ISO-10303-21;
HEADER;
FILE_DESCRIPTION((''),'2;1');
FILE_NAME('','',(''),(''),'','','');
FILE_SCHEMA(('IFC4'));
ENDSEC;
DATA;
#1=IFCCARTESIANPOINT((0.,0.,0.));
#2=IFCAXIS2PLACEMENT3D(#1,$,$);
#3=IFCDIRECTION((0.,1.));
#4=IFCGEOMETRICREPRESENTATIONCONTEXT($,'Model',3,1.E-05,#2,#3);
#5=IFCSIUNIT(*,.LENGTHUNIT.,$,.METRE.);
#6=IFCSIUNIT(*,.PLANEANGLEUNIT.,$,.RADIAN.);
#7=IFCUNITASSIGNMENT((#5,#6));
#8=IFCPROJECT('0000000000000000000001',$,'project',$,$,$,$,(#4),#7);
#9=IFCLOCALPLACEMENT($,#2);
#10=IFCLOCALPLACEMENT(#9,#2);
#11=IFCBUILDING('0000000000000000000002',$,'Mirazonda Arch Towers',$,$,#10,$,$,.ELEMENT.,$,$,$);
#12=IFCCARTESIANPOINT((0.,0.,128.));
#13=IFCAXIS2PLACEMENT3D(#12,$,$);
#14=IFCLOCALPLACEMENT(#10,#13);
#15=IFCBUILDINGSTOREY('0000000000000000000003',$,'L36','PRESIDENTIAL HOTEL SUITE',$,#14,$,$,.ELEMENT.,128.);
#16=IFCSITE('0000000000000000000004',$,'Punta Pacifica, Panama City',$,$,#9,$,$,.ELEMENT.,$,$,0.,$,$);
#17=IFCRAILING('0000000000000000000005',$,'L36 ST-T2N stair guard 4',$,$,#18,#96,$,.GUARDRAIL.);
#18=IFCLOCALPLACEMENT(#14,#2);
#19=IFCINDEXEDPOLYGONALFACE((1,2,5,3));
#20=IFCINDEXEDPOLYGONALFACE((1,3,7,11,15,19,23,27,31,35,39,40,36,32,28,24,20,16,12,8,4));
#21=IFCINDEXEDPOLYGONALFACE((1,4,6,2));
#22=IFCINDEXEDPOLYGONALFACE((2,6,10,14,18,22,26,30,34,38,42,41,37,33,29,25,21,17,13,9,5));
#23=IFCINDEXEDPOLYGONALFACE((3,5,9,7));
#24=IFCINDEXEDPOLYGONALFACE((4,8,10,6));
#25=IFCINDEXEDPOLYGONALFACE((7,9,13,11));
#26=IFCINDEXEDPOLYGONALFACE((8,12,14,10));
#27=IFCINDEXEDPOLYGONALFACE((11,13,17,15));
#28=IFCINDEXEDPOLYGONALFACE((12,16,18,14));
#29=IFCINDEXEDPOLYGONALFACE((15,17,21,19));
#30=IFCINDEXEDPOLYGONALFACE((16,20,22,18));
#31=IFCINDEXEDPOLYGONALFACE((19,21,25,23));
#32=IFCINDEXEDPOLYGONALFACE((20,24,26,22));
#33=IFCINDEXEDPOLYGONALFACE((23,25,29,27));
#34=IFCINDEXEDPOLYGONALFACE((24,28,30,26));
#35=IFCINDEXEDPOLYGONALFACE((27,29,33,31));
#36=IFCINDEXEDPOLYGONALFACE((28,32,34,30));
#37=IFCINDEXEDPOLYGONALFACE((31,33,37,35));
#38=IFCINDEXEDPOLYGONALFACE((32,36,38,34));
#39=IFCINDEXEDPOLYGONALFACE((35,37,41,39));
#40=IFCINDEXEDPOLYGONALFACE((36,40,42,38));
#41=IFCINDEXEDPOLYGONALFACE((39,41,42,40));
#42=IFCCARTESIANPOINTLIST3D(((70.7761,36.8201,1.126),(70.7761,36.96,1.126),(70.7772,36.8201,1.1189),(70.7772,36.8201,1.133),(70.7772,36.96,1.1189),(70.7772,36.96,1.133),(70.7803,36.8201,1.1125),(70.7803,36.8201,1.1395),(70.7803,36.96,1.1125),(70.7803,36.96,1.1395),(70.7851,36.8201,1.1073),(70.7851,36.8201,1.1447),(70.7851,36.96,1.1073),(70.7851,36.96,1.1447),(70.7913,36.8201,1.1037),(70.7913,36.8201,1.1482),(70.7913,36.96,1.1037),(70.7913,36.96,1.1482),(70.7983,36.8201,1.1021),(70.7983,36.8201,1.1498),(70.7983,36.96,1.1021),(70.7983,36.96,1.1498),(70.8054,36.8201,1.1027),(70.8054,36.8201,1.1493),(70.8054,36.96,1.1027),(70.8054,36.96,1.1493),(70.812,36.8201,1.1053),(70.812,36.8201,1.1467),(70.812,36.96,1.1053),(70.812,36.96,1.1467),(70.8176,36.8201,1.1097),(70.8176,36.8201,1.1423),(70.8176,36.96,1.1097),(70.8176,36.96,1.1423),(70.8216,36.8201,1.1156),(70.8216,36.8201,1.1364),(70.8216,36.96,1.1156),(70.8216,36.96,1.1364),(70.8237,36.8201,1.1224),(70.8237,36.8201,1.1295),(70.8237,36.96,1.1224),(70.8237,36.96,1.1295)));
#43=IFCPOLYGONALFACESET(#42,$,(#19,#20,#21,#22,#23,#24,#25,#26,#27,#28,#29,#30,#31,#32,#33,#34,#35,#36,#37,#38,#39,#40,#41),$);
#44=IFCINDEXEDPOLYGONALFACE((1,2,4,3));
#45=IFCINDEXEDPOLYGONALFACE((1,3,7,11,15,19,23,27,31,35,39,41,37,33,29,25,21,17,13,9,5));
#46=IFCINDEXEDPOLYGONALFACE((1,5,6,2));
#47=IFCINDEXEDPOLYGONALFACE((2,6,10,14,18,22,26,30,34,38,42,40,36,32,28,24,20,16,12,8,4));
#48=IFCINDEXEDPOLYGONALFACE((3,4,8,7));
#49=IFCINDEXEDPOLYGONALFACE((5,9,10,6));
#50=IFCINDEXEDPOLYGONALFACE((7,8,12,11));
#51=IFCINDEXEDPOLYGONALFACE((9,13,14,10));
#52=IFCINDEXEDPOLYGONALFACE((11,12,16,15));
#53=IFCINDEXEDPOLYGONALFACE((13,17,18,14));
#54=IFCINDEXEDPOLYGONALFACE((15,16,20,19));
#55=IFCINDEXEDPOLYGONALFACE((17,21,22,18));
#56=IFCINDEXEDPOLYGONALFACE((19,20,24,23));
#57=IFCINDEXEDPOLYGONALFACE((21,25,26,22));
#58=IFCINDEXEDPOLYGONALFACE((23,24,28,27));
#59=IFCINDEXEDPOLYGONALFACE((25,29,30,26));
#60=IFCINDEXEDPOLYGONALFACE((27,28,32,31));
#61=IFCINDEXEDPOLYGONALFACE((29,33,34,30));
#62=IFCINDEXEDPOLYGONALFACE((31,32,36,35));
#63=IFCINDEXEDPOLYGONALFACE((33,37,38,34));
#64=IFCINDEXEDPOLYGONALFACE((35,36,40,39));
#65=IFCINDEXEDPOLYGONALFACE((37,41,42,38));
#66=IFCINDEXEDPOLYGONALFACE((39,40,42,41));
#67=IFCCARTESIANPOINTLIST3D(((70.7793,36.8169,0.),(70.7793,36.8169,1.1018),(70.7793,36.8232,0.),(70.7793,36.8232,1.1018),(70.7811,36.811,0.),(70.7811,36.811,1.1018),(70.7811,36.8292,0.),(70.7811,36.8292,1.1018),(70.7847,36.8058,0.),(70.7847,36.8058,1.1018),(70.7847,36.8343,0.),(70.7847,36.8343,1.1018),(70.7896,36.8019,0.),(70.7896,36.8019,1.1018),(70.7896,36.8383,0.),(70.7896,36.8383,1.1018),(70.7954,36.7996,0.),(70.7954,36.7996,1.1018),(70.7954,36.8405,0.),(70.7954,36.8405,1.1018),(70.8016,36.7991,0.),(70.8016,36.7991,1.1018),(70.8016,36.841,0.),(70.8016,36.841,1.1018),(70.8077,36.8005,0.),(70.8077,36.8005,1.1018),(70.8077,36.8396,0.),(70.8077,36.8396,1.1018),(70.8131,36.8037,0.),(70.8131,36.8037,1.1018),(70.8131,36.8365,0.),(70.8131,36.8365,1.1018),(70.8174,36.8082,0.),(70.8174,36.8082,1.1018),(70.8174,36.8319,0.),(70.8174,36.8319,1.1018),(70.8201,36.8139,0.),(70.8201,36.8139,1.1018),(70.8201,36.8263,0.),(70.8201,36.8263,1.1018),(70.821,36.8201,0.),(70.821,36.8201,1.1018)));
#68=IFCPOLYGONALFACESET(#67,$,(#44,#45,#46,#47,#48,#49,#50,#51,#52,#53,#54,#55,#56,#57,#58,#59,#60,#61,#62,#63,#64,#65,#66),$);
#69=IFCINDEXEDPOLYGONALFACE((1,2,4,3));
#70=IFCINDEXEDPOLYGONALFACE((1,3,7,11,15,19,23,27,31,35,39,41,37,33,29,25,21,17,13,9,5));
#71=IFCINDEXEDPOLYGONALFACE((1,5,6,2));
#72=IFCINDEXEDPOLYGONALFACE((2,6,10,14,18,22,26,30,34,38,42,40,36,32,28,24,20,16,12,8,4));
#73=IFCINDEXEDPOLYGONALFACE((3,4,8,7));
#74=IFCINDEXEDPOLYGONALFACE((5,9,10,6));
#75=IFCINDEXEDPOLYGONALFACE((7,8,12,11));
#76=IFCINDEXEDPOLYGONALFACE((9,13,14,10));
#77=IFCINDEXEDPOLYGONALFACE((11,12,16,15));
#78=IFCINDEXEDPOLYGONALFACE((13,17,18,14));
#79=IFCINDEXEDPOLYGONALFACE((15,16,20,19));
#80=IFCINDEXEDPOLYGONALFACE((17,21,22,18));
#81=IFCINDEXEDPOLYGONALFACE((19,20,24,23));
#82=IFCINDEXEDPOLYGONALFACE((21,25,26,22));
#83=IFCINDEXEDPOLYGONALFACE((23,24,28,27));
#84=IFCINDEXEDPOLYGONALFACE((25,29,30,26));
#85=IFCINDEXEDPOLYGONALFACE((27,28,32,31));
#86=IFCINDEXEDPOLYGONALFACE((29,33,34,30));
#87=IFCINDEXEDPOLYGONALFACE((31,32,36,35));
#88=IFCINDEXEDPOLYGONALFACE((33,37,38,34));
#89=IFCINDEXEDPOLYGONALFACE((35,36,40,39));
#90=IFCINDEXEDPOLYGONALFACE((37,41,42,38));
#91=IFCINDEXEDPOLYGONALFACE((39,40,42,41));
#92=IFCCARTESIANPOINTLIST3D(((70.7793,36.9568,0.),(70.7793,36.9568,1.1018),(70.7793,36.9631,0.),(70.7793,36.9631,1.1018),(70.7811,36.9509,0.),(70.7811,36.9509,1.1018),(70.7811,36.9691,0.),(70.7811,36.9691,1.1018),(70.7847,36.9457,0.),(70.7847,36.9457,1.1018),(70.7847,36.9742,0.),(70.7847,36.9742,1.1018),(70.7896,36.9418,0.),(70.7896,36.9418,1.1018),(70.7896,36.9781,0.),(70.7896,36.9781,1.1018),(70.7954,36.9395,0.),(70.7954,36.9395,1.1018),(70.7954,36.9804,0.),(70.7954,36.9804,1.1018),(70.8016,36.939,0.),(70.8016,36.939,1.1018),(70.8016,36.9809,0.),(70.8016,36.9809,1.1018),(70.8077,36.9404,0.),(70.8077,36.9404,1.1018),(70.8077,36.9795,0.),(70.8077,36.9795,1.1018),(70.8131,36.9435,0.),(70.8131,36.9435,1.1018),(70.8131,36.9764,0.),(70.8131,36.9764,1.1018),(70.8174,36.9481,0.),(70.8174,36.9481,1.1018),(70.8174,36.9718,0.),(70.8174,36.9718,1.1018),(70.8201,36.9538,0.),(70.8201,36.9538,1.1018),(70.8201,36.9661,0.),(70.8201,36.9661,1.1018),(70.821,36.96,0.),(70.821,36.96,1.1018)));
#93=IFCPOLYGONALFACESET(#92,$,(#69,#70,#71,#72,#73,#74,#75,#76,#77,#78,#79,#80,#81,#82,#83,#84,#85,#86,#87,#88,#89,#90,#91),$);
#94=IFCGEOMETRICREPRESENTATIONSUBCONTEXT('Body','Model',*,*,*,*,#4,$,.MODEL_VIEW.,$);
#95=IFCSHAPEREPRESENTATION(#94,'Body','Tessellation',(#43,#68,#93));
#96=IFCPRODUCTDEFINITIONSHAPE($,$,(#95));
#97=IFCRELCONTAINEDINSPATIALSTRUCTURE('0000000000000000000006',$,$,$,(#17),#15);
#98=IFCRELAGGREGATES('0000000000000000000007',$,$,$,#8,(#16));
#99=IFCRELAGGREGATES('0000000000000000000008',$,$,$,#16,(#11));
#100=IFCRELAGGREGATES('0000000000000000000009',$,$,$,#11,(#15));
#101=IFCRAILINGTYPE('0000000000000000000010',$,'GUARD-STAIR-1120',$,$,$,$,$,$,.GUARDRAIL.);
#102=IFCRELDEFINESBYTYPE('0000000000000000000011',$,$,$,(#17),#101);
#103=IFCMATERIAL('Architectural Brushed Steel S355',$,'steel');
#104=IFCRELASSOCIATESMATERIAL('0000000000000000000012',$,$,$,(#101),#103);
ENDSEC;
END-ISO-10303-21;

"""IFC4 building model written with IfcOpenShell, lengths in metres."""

from ifc_helpers import new_model, si_unit, direction, frame, origin, origin_2d, place, context, subcontext, project, spatial, circle, extrude, material, type_object, element, save


model = new_model("IFC4")

# Units and contexts
model_context = context("Model", 3, precision=1e-05, world=origin(), true_north=direction((0.0, 1.0)))
body_context = subcontext(model_context, "Body", "Model", "MODEL_VIEW")
ifc_project = project(units=[si_unit("LENGTHUNIT", "METRE"), si_unit("PLANEANGLEUNIT", "RADIAN")], contexts=[model_context])

# Site, building, storey
site_placement = place(None, origin())
site = spatial("IfcSite", under=ifc_project, at=site_placement, Name="Punta Pacifica, Panama City", CompositionType="ELEMENT", RefElevation=0.0)
building_placement = place(site_placement, origin())
building = spatial("IfcBuilding", under=site, at=building_placement, Name="Mirazonda Arch Towers", CompositionType="ELEMENT")
storey_placement = place(building_placement, frame((0.0, 0.0, 128.0)))
storey = spatial("IfcBuildingStorey", under=building, at=storey_placement, Name="L36", Description="PRESIDENTIAL HOTEL SUITE", CompositionType="ELEMENT", Elevation=128.0)

# Railing
ifc_material_1 = material(Name="Architectural Brushed Steel S355", Category="steel")
railing_type_1 = type_object("IfcRailingType", Name="GUARD-STAIR-1120", PredefinedType="GUARDRAIL", material=ifc_material_1)
railing_1_placement = place(storey_placement, frame((70.8, 36.8201, 0.0)))
element("IfcRailing", 1, at=railing_1_placement, inside=storey, type_object=railing_type_1, Name="L36 ST-T2N stair guard 4", PredefinedType="GUARDRAIL", context=body_context, shape_type="SweptSolid", body=[
    extrude(circle(Radius=0.0239, at=origin_2d()), frame((0.0, 0.0, 1.126), z_axis=(0.0, 1.0, 0.0), x_axis=(-1.0, 0.0, 0.0)), (0.0, 0.0, 1.0), 0.1399),
    extrude(circle(Radius=0.021, at=origin_2d()), origin(), (0.0, 0.0, 1.0), 1.1018),
    extrude(circle(Radius=0.021, at=origin_2d()), frame((0.0, 0.1399, 0.0)), (0.0, 0.0, 1.0), 1.1018),
])

save(model, "model.ifc")
